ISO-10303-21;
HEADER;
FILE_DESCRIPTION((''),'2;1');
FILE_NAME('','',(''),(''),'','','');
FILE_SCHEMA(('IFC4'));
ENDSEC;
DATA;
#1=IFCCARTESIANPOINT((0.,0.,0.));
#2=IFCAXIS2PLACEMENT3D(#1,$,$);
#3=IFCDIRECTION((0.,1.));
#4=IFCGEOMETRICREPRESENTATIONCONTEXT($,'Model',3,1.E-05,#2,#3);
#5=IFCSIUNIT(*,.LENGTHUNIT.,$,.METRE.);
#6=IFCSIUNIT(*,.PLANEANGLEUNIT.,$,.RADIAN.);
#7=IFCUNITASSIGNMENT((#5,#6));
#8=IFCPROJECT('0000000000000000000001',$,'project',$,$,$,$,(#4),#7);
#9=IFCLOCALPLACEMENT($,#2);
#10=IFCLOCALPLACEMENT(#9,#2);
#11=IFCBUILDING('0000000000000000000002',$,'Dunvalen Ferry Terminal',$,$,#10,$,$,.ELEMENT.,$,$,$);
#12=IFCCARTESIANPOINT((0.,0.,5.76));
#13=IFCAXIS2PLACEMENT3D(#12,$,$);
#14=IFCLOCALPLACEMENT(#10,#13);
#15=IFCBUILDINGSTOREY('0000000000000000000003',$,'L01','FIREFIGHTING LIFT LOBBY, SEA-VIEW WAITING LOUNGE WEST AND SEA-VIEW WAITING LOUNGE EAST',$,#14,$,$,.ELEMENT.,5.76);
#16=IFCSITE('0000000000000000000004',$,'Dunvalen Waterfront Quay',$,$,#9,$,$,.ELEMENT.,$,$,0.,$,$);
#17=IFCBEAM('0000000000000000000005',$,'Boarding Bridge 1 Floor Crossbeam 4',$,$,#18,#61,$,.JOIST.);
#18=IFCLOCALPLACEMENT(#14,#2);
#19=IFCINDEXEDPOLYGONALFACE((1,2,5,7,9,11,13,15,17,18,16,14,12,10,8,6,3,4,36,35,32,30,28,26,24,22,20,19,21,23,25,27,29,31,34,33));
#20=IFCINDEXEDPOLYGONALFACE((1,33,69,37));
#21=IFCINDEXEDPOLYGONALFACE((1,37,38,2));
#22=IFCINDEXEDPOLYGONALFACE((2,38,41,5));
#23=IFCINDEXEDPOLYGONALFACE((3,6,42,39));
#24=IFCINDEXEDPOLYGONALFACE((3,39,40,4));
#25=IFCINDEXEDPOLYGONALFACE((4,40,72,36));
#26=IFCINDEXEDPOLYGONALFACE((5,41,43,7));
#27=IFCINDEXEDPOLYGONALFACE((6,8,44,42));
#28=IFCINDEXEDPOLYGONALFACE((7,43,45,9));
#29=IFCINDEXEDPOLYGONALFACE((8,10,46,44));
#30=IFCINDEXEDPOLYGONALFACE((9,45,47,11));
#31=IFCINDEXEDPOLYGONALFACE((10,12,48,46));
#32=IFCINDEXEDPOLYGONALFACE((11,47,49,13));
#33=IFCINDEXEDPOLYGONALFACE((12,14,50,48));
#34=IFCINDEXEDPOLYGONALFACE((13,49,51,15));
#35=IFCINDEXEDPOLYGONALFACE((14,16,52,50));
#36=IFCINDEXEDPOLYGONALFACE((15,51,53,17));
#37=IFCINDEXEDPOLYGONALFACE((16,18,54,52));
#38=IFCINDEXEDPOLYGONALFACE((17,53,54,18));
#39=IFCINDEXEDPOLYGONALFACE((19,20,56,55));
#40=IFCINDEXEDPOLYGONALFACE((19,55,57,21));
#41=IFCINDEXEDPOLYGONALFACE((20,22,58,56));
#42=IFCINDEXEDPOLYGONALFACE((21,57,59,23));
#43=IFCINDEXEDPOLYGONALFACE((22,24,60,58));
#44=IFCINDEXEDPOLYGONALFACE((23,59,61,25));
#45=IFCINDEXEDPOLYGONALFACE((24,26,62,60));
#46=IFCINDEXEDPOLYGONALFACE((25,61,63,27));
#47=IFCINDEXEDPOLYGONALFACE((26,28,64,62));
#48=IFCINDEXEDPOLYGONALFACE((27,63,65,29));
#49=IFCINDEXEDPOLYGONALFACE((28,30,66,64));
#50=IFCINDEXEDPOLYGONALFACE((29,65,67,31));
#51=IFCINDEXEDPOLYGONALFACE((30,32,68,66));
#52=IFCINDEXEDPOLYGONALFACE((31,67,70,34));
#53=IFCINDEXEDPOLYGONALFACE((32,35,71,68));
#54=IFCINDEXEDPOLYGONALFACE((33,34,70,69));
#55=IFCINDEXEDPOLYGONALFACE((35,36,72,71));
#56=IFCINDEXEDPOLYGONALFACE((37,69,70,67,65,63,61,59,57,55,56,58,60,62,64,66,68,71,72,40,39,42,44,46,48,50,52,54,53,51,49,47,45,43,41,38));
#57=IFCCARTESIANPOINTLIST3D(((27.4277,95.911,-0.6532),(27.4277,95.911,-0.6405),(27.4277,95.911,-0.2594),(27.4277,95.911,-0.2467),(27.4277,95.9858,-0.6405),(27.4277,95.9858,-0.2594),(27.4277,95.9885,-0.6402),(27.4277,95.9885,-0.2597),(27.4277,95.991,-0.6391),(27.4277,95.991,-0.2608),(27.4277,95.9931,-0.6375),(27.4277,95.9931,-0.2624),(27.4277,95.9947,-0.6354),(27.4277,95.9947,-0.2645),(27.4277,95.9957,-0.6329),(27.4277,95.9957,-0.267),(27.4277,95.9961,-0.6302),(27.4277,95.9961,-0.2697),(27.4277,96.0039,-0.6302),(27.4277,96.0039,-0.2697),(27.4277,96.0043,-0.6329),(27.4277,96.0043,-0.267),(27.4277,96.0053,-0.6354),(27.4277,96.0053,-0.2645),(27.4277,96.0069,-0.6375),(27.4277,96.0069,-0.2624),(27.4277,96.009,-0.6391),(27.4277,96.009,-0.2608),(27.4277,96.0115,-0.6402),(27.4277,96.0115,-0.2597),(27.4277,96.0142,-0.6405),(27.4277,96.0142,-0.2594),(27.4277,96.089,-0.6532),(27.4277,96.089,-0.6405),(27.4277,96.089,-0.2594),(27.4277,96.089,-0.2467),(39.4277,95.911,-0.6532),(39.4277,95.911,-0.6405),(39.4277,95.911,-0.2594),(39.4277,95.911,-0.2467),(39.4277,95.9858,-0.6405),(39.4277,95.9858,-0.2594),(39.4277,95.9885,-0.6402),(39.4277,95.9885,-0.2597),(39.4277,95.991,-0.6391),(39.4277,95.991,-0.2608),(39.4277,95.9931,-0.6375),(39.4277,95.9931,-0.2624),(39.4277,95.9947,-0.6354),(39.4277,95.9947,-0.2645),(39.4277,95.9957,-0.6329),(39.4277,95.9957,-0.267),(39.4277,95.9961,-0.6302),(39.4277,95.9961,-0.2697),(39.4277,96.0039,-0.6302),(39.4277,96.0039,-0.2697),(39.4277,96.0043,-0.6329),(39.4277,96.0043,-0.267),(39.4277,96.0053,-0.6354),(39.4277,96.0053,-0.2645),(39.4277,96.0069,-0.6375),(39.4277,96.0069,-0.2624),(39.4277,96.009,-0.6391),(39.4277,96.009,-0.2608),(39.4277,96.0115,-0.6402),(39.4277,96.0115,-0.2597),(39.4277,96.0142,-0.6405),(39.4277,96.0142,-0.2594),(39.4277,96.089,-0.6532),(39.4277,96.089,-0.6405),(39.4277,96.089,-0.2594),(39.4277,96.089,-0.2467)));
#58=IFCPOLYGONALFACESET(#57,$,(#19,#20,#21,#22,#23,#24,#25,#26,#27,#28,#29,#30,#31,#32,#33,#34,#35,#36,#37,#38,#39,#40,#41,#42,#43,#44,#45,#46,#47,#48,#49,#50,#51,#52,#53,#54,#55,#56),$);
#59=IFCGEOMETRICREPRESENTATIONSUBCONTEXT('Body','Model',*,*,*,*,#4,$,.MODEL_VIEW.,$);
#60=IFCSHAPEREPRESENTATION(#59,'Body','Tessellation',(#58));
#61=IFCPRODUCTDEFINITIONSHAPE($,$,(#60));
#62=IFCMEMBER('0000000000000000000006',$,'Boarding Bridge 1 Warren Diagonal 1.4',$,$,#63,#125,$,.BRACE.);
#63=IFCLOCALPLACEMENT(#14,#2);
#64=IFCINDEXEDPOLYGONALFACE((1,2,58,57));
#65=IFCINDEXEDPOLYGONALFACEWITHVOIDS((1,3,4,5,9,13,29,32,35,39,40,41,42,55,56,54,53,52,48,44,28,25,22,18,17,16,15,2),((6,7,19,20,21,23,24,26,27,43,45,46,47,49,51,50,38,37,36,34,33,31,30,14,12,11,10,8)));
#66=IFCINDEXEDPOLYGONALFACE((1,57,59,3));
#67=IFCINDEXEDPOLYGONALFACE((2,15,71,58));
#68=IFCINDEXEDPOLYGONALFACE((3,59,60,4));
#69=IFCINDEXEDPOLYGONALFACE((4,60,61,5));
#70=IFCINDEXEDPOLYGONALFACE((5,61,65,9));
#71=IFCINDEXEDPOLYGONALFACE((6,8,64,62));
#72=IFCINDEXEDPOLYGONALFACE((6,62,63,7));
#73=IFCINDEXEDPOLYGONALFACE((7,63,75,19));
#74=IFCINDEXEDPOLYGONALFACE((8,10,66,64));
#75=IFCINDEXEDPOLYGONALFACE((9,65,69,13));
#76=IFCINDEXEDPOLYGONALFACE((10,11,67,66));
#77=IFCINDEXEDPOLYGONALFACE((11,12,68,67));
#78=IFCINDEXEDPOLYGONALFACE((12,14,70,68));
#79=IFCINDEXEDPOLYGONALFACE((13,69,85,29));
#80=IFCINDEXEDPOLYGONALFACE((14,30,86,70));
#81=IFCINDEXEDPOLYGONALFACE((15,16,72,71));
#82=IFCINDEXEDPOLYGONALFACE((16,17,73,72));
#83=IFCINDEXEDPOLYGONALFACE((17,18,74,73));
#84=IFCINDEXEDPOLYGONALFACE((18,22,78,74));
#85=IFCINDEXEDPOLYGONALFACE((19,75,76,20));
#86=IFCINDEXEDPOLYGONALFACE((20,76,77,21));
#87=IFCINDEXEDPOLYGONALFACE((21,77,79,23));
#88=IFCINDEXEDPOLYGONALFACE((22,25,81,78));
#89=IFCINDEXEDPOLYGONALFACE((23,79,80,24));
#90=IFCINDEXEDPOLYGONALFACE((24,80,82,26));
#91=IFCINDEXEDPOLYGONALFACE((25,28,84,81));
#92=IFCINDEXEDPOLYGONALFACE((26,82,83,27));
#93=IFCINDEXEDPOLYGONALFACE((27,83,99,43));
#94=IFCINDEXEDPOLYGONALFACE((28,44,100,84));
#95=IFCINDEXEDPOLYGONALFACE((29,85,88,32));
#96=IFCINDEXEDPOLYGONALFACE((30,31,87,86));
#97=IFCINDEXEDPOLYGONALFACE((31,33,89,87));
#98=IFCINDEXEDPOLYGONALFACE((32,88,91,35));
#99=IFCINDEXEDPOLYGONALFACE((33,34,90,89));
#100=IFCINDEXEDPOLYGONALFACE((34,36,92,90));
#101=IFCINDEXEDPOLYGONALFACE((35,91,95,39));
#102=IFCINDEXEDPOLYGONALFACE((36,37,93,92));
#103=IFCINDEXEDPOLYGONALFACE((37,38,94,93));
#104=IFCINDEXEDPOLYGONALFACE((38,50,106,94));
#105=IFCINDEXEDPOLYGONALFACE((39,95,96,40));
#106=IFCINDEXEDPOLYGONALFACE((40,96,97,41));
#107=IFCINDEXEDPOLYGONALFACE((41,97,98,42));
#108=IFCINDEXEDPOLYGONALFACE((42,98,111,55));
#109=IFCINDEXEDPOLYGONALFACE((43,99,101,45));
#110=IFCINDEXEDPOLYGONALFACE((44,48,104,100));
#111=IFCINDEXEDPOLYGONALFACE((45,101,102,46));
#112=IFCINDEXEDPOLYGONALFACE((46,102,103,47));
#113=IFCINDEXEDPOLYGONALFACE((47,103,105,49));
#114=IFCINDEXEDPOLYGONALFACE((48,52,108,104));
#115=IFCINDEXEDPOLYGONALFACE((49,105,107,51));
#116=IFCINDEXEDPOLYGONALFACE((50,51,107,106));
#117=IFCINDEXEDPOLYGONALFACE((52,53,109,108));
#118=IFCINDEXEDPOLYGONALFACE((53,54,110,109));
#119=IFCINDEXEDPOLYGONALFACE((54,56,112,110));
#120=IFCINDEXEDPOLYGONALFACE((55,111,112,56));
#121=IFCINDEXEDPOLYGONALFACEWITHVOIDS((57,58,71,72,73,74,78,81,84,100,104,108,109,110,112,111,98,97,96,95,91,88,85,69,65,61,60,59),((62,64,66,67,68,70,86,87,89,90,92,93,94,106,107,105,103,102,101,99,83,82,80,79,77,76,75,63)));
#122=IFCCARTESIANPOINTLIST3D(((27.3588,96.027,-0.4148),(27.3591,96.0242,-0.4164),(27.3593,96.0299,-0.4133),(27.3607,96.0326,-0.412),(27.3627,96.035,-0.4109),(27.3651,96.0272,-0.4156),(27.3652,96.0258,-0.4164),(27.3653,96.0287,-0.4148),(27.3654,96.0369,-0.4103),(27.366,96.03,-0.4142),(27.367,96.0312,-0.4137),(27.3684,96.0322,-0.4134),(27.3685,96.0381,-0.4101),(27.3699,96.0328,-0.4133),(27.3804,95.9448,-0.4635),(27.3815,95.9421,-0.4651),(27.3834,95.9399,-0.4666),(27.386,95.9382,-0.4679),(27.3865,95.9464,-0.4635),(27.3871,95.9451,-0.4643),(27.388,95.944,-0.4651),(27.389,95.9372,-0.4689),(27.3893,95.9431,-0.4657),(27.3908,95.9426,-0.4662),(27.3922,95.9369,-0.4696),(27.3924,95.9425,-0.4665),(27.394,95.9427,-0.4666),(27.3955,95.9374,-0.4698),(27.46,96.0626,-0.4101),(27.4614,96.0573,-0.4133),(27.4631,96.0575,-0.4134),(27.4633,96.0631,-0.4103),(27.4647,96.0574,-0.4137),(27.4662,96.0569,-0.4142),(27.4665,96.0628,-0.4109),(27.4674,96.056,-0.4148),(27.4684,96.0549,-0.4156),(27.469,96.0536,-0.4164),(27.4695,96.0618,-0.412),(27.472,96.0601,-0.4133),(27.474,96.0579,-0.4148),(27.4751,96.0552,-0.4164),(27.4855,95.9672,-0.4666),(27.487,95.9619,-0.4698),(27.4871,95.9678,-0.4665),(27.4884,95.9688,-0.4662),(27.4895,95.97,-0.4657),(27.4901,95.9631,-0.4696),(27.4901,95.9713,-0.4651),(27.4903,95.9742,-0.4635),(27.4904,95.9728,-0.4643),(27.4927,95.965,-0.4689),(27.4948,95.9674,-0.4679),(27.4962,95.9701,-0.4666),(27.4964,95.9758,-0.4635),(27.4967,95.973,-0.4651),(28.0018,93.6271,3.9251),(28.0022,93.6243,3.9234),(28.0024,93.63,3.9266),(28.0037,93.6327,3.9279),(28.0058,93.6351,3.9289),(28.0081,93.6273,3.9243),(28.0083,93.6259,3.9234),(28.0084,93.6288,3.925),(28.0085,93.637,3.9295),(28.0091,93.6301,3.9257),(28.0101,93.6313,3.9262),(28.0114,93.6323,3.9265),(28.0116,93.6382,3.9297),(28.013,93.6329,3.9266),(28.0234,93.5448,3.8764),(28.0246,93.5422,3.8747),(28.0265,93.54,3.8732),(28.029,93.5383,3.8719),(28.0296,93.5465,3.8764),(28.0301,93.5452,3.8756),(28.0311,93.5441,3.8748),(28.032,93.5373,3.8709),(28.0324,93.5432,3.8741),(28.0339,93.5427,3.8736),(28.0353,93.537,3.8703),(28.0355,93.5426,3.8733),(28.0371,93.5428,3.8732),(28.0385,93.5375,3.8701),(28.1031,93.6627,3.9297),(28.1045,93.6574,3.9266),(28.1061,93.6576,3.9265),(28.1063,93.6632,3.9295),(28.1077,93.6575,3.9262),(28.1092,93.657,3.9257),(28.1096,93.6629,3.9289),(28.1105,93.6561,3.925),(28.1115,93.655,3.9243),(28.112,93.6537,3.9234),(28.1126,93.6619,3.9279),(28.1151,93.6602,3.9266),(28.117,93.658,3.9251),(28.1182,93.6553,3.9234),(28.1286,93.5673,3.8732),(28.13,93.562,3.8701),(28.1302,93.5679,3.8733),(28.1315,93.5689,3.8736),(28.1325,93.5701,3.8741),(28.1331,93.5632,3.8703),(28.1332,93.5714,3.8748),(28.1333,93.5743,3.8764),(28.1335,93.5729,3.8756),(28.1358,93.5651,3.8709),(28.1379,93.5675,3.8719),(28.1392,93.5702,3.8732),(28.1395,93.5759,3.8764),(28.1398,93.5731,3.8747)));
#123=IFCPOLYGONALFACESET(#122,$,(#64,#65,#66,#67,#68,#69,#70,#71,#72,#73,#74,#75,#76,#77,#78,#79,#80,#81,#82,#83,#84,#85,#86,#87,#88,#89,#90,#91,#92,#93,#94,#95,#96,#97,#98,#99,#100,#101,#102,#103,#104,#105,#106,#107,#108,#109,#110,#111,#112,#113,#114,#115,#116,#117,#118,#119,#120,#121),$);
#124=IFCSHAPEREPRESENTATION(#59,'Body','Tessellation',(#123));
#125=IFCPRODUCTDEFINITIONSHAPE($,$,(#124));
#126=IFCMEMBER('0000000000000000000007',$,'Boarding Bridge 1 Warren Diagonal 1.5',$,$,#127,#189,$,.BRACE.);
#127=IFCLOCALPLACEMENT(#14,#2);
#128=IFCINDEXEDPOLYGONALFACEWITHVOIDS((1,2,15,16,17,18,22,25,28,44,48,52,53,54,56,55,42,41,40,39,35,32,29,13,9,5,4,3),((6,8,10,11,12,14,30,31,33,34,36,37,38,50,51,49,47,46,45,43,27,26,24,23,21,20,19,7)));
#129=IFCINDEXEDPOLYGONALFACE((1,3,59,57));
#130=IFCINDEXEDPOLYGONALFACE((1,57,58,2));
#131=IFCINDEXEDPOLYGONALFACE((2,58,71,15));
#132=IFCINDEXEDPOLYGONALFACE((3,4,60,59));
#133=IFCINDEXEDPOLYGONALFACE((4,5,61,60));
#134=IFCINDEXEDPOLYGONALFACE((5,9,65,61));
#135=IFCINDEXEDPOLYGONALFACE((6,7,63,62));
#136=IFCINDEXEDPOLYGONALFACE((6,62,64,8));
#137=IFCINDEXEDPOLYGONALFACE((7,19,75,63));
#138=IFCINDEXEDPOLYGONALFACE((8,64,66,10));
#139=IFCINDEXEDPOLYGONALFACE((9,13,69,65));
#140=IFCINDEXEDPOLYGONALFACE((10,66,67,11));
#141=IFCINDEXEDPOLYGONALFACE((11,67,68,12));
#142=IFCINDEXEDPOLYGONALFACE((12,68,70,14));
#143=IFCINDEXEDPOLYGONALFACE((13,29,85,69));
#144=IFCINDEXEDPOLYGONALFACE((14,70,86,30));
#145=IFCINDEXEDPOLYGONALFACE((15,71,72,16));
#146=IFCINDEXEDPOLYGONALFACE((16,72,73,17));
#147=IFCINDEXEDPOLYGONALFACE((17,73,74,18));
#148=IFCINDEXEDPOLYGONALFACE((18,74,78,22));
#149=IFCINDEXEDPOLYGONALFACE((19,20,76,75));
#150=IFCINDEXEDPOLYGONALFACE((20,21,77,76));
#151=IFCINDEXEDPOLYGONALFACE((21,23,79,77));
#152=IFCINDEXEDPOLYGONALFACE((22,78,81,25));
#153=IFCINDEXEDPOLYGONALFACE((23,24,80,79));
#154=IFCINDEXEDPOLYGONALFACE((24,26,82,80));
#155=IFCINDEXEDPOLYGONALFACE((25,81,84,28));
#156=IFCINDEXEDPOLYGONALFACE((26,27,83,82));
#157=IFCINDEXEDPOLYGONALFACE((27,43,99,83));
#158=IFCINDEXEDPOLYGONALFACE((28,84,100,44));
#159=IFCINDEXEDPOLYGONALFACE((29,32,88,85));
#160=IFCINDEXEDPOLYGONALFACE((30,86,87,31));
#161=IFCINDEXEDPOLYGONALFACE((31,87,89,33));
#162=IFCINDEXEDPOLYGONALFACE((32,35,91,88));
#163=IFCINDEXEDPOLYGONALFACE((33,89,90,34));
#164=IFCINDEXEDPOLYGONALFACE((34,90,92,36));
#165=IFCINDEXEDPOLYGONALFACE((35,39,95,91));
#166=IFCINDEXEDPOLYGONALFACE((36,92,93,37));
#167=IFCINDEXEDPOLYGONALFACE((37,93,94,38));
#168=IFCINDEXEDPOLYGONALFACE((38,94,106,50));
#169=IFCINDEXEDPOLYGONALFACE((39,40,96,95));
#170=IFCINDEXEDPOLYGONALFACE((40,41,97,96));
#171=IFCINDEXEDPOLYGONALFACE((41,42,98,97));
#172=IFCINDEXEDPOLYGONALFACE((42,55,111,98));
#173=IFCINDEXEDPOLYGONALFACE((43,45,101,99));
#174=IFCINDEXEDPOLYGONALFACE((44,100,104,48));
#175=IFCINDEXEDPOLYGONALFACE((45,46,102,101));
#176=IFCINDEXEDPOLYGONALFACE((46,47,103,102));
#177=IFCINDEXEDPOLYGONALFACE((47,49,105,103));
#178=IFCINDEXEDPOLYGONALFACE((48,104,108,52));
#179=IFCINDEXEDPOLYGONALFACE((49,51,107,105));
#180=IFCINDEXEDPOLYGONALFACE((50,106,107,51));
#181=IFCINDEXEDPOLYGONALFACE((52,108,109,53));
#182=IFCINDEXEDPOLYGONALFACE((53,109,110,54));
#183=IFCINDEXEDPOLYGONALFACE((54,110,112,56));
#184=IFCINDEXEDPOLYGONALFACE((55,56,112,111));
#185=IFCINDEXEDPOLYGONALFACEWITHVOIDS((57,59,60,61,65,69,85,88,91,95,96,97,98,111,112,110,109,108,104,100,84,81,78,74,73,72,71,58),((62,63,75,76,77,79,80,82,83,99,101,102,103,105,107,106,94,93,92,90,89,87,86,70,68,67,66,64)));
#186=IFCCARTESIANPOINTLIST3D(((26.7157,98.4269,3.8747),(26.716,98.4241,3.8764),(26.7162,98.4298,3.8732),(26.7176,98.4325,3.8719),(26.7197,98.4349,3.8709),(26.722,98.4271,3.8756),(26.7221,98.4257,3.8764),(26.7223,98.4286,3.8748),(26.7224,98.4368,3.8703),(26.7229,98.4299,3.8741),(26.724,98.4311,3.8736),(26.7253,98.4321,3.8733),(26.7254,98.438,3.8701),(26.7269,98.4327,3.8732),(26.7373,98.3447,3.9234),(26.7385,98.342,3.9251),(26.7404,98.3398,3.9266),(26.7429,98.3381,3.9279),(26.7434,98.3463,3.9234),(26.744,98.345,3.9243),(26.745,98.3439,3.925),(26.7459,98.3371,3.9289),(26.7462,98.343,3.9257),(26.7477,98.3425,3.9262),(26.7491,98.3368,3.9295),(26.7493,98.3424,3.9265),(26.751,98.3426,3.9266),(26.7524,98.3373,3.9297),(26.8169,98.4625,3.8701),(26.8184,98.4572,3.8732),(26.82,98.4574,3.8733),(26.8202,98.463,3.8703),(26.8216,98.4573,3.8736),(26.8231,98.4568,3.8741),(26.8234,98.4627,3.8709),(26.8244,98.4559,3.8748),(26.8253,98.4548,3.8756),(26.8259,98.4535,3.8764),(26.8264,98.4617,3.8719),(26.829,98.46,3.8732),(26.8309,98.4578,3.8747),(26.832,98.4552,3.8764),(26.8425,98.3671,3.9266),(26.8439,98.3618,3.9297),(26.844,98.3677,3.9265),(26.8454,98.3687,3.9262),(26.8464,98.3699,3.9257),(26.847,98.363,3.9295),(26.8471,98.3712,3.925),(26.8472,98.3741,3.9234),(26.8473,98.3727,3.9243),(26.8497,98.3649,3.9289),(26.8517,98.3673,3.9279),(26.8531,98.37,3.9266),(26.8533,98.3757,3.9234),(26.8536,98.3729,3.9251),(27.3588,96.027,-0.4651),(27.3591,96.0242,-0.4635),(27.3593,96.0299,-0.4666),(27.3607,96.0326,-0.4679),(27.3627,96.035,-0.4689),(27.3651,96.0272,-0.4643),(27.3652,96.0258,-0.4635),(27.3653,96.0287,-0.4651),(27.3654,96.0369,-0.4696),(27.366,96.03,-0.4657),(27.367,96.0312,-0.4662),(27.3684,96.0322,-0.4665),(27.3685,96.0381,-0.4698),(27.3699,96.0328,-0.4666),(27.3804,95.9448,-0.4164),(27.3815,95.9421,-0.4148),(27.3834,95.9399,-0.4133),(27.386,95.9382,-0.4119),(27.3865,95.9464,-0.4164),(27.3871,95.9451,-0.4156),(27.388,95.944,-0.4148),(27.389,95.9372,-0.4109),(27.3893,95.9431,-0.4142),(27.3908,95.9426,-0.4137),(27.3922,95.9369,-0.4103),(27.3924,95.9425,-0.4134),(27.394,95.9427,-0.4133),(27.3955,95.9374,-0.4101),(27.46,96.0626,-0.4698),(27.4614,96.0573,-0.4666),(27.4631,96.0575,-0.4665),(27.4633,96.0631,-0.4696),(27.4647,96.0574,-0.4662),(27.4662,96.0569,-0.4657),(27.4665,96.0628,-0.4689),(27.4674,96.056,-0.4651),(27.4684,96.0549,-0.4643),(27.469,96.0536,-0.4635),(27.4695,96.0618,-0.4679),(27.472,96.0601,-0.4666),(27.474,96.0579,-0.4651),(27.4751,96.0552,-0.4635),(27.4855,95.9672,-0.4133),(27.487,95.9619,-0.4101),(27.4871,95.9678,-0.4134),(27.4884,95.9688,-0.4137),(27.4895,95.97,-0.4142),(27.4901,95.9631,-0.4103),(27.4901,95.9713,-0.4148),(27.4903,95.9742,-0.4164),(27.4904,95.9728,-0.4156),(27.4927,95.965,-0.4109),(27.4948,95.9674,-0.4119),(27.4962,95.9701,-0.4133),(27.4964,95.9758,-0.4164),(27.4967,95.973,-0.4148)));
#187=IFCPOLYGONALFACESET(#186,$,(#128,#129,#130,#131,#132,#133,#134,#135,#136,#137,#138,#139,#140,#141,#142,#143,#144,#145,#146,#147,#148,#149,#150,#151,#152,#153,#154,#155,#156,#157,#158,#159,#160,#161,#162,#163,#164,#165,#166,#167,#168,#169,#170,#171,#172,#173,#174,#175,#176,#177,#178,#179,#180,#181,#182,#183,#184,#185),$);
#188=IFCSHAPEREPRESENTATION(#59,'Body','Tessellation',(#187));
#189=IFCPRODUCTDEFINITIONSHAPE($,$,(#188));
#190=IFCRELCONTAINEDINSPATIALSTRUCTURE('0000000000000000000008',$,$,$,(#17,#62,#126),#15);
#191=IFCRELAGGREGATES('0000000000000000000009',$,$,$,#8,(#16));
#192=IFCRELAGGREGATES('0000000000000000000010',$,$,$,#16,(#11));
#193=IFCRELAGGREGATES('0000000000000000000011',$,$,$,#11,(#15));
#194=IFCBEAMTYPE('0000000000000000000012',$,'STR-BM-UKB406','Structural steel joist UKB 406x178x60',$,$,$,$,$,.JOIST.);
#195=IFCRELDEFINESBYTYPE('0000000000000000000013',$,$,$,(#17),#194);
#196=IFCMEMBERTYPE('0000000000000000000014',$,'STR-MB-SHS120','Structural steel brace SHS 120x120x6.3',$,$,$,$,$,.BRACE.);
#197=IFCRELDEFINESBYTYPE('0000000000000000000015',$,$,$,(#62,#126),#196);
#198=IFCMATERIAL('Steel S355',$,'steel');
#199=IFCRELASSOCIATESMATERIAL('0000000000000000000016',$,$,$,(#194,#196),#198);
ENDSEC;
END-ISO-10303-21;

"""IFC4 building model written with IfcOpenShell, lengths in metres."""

from ifc_helpers import new_model, si_unit, direction, frame, origin, origin_2d, place, context, subcontext, project, spatial, hollow_rectangle, i_section, extrude, material, material_profile, profile_set, type_object, element, save


model = new_model("IFC4")

# Units and contexts
model_context = context("Model", 3, precision=1e-05, world=origin(), true_north=direction((0.0, 1.0)))
body_context = subcontext(model_context, "Body", "Model", "MODEL_VIEW")
ifc_project = project(units=[si_unit("LENGTHUNIT", "METRE"), si_unit("PLANEANGLEUNIT", "RADIAN")], contexts=[model_context])

# Site, building, storey
site_placement = place(None, origin())
site = spatial("IfcSite", under=ifc_project, at=site_placement, Name="Dunvalen Waterfront Quay", CompositionType="ELEMENT", RefElevation=0.0)
building_placement = place(site_placement, origin())
building = spatial("IfcBuilding", under=site, at=building_placement, Name="Dunvalen Ferry Terminal", CompositionType="ELEMENT")
storey_placement = place(building_placement, frame((0.0, 0.0, 5.76)))
storey = spatial("IfcBuildingStorey", under=building, at=storey_placement, Name="L01", Description="FIREFIGHTING LIFT LOBBY, SEA-VIEW WAITING LOUNGE WEST AND SEA-VIEW WAITING LOUNGE EAST", CompositionType="ELEMENT", Elevation=5.76)

# Shared definitions
ifc_material_1 = material(Name="Steel S355", Category="steel")

# Beam
ifc_material_profile_1 = material_profile(ifc_material_1, i_section(OverallWidth=0.178, OverallDepth=0.4065, WebThickness=0.0078, FlangeThickness=0.0127, FilletRadius=0.0103, at=origin_2d()), Name="Steel S355")
ifc_profile_set_1 = profile_set([ifc_material_profile_1], Name="Steel S355")
beam_type = type_object("IfcBeamType", Name="STR-BM-UKB406", Description="Structural steel joist UKB 406x178x60", PredefinedType="JOIST", material=ifc_profile_set_1)
for number, where, z_axis, x_axis, name in (
    (1, (27.4277, 96.0, -0.45), (1.0, 0.0, 0.0), (0.0, 1.0, 0.0), "Boarding Bridge 1 Floor Crossbeam 4"),
):
    element("IfcBeam", number, at=place(storey_placement, frame(where, z_axis=z_axis, x_axis=x_axis)), inside=storey, type_object=beam_type, Name=name, PredefinedType="JOIST", context=body_context, shape_type="SweptSolid", body=[
        extrude(i_section(OverallWidth=0.178, OverallDepth=0.4065, WebThickness=0.0078, FlangeThickness=0.0127, FilletRadius=0.0103, at=origin_2d()), origin(), (0.0, 0.0, 1.0), 12.0),
    ])

# Members
ifc_material_profile_2 = material_profile(ifc_material_1, hollow_rectangle(XDim=0.1201, YDim=0.1201, WallThickness=0.0063, InnerFilletRadius=0.0063, OuterFilletRadius=0.0127, at=origin_2d()), Name="Steel S355")
ifc_profile_set_2 = profile_set([ifc_material_profile_2], Name="Steel S355")
member_type_1 = type_object("IfcMemberType", Name="STR-MB-SHS120", Description="Structural steel brace SHS 120x120x6.3", PredefinedType="BRACE", material=ifc_profile_set_2)
for number, where, z_axis, x_axis, name in (
    (2, (28.0708, 93.6001, 3.8999), (-0.128594, 0.47991, -0.867842), (-0.965924, -0.258824, 0.0), "Boarding Bridge 1 Warren Diagonal 1.4"),
    (3, (27.4277, 96.0, -0.4399), (-0.128594, 0.47991, 0.867842), (-0.965924, -0.258824, 0.0), "Boarding Bridge 1 Warren Diagonal 1.5"),
):
    element("IfcMember", number, at=place(storey_placement, frame(where, z_axis=z_axis, x_axis=x_axis)), inside=storey, type_object=member_type_1, Name=name, PredefinedType="BRACE", context=body_context, shape_type="SweptSolid", body=[
        extrude(hollow_rectangle(XDim=0.1201, YDim=0.1201, WallThickness=0.0063, InnerFilletRadius=0.0063, OuterFilletRadius=0.0127, at=origin_2d()), origin(), (0.0, 0.0, 1.0), 5.0007),
    ])

save(model, "model.ifc")
